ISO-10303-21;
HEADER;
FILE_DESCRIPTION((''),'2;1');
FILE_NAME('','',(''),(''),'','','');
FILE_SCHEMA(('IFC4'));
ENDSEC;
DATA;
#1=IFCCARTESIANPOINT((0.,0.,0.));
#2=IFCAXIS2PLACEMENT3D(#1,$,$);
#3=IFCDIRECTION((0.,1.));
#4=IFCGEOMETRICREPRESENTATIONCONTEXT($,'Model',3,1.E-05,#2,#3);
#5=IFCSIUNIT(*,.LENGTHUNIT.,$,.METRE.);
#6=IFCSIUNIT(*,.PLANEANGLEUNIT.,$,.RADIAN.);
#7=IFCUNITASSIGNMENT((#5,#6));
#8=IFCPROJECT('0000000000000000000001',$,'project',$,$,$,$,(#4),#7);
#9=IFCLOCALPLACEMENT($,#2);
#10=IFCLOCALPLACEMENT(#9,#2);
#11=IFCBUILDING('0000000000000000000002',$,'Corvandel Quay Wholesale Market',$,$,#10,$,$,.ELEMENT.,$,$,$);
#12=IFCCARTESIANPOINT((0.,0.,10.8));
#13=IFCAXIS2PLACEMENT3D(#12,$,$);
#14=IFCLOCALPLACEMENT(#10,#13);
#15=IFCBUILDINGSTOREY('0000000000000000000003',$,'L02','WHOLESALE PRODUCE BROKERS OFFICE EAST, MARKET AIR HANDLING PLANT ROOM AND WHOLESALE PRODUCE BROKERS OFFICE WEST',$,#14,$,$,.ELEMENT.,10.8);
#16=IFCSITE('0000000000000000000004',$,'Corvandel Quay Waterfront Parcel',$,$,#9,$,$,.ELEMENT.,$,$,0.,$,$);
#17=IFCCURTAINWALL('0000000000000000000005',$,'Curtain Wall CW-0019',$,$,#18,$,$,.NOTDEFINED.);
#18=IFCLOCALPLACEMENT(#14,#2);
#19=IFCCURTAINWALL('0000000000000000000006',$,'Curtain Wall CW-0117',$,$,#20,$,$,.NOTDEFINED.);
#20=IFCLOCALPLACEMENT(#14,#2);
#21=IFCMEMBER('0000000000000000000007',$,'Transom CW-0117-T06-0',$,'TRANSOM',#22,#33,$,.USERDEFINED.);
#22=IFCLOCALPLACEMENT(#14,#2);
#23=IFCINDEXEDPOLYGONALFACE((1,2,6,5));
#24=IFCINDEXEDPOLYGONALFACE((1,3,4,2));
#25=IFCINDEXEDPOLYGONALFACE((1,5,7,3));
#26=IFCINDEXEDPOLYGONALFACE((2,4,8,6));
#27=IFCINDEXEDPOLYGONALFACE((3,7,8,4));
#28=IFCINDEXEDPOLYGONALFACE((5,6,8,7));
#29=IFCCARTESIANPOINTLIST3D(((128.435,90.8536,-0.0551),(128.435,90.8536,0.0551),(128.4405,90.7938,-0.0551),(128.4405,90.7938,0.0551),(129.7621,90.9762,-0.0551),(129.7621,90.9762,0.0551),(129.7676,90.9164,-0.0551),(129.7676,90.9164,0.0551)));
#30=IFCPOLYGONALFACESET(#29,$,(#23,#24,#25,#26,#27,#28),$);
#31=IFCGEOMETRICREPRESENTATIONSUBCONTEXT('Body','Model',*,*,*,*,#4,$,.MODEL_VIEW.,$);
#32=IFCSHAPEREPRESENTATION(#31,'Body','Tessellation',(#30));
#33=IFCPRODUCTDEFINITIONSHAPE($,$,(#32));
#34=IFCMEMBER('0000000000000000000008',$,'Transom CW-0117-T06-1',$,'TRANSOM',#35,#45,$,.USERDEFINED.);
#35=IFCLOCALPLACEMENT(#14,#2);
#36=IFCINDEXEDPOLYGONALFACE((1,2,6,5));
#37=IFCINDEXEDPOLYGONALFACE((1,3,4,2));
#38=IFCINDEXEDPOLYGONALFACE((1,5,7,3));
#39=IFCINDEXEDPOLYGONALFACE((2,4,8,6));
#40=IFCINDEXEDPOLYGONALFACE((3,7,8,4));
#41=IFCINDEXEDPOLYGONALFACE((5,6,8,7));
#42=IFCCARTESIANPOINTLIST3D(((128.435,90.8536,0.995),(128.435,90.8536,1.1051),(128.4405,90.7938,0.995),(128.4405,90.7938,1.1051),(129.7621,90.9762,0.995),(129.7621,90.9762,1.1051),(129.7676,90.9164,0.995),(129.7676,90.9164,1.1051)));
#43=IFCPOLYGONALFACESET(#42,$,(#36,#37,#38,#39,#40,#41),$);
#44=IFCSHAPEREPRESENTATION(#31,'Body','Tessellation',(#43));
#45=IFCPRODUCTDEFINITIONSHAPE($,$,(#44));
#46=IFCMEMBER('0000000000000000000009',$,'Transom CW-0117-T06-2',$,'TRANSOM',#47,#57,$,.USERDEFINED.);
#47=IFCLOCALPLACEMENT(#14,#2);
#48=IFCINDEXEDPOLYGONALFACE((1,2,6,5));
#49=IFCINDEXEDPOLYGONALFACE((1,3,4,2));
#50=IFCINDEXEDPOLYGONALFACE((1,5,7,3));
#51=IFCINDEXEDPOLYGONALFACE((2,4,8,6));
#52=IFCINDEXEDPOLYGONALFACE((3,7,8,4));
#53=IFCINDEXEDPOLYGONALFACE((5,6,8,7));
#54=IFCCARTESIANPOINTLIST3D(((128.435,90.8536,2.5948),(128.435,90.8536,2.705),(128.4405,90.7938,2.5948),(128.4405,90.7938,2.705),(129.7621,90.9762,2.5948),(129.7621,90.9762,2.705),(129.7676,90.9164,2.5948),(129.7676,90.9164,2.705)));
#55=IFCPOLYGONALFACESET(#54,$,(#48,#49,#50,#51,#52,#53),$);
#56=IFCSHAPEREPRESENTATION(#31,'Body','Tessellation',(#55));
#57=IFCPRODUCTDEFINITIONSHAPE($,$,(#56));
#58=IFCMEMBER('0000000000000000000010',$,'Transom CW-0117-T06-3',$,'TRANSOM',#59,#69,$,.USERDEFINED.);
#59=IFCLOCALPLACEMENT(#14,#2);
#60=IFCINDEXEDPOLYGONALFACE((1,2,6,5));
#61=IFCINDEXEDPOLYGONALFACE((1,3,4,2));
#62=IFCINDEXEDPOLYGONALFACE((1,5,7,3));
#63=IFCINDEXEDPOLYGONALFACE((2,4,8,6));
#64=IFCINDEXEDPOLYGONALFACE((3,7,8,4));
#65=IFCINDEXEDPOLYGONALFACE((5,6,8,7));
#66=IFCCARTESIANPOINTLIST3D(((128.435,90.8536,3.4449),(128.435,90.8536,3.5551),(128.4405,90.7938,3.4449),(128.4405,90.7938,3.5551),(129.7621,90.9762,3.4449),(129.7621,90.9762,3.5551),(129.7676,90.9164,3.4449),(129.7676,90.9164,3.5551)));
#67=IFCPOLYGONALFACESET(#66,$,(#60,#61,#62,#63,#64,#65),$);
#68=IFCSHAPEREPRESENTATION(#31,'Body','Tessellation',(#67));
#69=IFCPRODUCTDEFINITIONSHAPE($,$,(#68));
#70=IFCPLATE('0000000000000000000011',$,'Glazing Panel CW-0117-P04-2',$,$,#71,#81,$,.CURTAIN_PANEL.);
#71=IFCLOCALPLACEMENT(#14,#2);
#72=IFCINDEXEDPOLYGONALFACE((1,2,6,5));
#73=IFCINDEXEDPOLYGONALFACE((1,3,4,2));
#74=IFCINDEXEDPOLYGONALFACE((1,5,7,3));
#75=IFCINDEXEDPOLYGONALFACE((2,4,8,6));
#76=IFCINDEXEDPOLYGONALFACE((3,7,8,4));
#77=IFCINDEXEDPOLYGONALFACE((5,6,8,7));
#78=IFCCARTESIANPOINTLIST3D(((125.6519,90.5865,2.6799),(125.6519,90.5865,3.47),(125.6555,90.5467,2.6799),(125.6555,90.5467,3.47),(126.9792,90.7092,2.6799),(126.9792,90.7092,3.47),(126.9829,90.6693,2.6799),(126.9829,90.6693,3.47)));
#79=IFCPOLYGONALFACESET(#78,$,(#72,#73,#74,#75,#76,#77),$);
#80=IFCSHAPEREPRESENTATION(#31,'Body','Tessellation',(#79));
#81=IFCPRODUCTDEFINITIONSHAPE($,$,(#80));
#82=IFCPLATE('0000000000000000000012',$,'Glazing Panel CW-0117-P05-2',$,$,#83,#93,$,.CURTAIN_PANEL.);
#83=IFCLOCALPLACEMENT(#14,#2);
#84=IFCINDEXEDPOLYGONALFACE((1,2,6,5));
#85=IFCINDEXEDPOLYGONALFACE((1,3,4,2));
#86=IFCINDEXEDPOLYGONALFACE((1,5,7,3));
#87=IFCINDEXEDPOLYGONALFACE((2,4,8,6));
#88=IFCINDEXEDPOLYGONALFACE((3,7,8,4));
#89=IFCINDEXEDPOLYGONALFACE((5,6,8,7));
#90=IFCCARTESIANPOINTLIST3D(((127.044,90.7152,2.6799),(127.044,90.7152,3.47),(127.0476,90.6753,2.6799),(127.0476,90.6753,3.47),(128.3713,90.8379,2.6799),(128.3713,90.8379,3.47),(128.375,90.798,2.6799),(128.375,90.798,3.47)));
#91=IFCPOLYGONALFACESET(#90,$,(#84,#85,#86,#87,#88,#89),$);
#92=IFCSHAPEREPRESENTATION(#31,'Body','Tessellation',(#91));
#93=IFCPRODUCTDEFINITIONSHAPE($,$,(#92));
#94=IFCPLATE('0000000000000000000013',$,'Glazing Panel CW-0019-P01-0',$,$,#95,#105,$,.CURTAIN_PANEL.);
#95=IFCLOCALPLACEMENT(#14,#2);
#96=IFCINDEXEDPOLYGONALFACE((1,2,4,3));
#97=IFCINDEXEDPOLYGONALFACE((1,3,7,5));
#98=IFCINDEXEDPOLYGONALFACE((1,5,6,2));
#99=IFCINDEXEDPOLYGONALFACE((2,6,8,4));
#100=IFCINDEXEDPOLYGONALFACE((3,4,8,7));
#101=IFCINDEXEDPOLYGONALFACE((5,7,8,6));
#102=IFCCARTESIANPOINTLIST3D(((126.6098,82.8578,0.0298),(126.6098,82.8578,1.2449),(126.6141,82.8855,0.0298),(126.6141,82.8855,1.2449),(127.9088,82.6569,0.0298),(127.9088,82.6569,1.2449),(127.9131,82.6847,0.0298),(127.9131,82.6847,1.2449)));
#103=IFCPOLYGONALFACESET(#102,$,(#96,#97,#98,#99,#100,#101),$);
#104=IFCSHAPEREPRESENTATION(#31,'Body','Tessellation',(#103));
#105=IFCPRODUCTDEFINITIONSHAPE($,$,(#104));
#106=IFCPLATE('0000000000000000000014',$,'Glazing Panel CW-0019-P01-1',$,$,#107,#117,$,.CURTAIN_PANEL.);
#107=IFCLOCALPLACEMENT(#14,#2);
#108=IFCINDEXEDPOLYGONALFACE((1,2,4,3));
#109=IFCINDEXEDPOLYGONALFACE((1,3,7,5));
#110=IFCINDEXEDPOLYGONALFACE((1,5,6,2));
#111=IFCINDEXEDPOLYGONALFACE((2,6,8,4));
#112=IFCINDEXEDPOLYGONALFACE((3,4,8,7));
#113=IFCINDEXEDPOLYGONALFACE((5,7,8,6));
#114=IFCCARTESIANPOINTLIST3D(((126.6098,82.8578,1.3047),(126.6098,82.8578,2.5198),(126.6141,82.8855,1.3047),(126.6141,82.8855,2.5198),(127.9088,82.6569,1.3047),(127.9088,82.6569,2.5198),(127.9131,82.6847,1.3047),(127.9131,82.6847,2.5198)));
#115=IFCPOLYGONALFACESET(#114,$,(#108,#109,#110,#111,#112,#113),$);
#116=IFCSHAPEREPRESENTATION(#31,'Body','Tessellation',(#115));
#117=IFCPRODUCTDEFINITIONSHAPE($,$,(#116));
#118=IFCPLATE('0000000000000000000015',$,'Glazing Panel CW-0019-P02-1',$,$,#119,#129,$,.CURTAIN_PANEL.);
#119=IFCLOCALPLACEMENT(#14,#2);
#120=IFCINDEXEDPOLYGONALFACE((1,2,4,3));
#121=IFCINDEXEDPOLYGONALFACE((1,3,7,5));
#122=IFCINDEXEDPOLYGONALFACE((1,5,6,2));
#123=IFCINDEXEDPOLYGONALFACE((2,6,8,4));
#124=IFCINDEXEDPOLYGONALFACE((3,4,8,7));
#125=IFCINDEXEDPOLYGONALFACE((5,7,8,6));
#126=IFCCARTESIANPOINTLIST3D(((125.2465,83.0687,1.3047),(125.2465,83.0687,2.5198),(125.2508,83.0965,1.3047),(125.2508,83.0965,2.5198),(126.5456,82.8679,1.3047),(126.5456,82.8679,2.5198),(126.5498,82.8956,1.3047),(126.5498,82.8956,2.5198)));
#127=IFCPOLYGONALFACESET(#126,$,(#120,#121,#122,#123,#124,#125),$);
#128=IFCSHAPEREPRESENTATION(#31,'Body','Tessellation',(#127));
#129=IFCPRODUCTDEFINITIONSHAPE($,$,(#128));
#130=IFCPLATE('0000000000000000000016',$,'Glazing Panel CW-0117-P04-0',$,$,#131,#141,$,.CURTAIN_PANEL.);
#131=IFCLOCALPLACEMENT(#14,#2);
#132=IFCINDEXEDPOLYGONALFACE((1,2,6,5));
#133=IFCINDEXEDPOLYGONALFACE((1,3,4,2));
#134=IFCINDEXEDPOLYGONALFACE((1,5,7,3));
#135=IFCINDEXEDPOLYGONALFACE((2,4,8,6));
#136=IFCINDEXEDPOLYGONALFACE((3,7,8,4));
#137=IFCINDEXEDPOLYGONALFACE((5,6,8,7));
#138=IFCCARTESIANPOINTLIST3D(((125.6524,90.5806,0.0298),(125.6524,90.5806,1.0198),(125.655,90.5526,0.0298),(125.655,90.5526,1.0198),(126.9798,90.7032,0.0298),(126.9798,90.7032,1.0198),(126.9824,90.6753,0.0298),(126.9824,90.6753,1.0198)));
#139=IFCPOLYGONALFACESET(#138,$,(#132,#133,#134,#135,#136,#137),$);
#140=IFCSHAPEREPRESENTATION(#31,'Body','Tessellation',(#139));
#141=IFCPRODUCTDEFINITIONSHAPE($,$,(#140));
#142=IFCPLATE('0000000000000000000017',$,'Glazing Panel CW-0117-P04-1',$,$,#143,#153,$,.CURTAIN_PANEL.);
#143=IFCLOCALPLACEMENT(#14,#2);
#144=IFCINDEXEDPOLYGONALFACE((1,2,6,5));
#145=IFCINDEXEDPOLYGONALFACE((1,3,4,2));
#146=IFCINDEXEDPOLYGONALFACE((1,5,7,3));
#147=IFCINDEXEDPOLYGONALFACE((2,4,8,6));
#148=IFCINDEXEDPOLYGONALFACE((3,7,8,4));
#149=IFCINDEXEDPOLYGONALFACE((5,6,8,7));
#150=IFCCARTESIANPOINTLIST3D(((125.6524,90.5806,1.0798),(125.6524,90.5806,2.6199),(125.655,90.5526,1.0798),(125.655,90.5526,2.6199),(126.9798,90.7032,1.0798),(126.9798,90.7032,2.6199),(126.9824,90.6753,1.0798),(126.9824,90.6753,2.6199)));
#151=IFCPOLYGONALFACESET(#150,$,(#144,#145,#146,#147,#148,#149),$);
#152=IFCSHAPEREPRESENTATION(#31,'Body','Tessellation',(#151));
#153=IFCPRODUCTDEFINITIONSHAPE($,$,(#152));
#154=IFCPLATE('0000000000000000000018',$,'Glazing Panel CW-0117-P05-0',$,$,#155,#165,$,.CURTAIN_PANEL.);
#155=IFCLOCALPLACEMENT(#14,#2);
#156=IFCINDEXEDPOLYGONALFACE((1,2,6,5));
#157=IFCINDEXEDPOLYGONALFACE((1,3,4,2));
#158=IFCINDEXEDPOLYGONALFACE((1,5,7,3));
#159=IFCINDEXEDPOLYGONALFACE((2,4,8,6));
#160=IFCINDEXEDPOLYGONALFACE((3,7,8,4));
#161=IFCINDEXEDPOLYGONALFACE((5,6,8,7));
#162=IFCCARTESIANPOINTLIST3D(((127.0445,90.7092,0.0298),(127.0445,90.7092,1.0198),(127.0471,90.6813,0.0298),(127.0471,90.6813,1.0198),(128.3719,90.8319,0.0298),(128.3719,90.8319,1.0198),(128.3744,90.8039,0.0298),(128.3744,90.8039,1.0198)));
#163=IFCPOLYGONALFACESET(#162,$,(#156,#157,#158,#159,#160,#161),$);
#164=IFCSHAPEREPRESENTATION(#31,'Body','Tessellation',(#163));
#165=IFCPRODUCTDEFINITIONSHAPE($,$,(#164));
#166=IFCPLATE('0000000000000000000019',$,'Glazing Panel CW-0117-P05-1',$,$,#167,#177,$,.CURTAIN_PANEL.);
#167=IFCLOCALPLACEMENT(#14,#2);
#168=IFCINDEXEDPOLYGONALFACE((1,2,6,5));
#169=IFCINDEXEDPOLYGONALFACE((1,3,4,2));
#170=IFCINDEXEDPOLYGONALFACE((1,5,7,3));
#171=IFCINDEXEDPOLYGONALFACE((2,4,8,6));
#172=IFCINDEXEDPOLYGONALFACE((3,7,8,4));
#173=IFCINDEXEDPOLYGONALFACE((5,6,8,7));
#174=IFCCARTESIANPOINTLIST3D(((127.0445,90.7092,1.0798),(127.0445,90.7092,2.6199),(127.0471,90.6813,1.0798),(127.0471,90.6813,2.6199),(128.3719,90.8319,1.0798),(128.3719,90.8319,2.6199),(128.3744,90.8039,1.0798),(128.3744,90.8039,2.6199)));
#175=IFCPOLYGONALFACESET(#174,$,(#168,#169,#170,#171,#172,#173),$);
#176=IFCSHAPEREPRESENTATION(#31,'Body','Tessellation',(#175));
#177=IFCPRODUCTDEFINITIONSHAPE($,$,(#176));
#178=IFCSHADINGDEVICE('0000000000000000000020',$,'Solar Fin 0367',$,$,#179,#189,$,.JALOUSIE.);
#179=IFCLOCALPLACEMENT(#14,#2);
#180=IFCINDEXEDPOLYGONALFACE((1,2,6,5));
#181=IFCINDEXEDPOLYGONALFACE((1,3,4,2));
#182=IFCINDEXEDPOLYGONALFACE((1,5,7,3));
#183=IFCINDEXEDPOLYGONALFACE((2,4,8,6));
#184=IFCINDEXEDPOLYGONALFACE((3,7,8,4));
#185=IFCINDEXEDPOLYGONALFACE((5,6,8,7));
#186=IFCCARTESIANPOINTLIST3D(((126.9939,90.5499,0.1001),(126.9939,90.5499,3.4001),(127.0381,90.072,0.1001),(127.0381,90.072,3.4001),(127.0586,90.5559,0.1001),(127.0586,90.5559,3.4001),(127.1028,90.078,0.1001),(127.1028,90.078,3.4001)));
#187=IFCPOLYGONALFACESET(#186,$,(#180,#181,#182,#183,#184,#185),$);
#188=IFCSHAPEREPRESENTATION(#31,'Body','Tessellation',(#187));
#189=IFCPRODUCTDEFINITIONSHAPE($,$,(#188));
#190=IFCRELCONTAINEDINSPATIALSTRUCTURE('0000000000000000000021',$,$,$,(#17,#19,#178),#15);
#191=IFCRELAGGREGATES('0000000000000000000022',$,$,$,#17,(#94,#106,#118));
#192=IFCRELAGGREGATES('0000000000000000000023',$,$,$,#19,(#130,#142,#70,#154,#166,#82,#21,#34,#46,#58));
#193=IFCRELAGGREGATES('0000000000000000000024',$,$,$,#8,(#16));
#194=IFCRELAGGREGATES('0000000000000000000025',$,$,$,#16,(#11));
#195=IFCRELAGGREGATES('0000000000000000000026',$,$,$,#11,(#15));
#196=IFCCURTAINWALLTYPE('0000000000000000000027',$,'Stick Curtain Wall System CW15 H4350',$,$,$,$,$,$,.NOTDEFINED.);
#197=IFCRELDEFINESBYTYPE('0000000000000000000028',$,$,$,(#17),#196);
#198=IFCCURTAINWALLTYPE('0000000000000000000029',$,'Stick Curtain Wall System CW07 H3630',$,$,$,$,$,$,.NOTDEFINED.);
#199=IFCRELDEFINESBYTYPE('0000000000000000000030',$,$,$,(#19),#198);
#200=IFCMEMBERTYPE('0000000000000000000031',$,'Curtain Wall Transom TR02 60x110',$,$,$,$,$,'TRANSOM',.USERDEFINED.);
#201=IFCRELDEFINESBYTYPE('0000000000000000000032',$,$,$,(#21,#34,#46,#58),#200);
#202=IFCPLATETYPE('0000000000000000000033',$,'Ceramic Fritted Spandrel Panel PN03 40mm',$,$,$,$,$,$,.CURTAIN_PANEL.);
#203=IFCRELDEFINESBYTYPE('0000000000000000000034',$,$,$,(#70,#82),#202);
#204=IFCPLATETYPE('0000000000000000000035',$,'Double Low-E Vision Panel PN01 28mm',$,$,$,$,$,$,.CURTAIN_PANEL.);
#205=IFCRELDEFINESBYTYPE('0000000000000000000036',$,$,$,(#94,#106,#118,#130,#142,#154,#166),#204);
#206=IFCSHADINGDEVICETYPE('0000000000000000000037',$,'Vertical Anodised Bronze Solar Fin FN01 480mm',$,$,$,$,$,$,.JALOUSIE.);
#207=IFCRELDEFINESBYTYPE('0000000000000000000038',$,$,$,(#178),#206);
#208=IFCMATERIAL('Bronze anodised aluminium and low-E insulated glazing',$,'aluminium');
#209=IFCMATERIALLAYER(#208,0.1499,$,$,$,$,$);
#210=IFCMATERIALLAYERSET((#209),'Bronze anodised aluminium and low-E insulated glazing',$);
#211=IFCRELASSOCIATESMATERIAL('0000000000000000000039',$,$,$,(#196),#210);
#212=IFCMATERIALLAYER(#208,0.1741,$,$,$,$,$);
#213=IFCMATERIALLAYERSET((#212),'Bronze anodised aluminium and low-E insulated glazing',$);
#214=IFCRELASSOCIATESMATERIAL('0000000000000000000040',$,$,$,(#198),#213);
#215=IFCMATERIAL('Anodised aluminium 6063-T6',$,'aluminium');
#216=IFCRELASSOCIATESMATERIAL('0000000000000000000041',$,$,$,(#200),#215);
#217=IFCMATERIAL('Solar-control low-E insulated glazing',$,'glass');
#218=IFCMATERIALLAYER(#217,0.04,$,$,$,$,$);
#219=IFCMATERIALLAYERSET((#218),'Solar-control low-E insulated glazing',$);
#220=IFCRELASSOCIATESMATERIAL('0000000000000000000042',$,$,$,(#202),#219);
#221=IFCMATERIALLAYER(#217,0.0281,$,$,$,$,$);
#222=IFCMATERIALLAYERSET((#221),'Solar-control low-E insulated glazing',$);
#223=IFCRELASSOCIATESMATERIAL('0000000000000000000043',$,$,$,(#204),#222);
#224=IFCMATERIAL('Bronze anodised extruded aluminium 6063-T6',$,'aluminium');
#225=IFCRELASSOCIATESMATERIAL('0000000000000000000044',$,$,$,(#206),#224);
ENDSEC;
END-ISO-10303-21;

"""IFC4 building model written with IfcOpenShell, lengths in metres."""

from ifc_helpers import new_model, si_unit, direction, frame, origin, origin_2d, place, context, subcontext, project, spatial, rectangle, extrude, material, layer, layer_set, material_profile, profile_set, type_object, element, aggregate, save


model = new_model("IFC4")

# Units and contexts
model_context = context("Model", 3, precision=1e-05, world=origin(), true_north=direction((0.0, 1.0)))
body_context = subcontext(model_context, "Body", "Model", "MODEL_VIEW")
ifc_project = project(units=[si_unit("LENGTHUNIT", "METRE"), si_unit("PLANEANGLEUNIT", "RADIAN")], contexts=[model_context])

# Site, building, storey
site_placement = place(None, origin())
site = spatial("IfcSite", under=ifc_project, at=site_placement, Name="Corvandel Quay Waterfront Parcel", CompositionType="ELEMENT", RefElevation=0.0)
building_placement = place(site_placement, origin())
building = spatial("IfcBuilding", under=site, at=building_placement, Name="Corvandel Quay Wholesale Market", CompositionType="ELEMENT")
storey_placement = place(building_placement, frame((0.0, 0.0, 10.8)))
storey = spatial("IfcBuildingStorey", under=building, at=storey_placement, Name="L02", Description="WHOLESALE PRODUCE BROKERS OFFICE EAST, MARKET AIR HANDLING PLANT ROOM AND WHOLESALE PRODUCE BROKERS OFFICE WEST", CompositionType="ELEMENT", Elevation=10.8)

# Curtain walls
ifc_material_1 = material(Name="Bronze anodised aluminium and low-E insulated glazing", Category="aluminium")
ifc_layer_1 = layer(ifc_material_1, 0.1499)
ifc_layer_set_1 = layer_set([ifc_layer_1], Name="Bronze anodised aluminium and low-E insulated glazing")
curtain_wall_type_1 = type_object("IfcCurtainWallType", Name="Stick Curtain Wall System CW15 H4350", PredefinedType="NOTDEFINED", material=ifc_layer_set_1)
curtain_wall_1_placement = place(storey_placement, origin())
curtain_wall_1 = element("IfcCurtainWall", 1, at=curtain_wall_1_placement, inside=storey, type_object=curtain_wall_type_1, Name="Curtain Wall CW-0019", PredefinedType="NOTDEFINED")
ifc_material_2 = material(Name="Anodised aluminium 6063-T6", Category="aluminium")
ifc_layer_2 = layer(ifc_material_1, 0.1741)
ifc_layer_set_2 = layer_set([ifc_layer_2], Name="Bronze anodised aluminium and low-E insulated glazing")
curtain_wall_type_2 = type_object("IfcCurtainWallType", Name="Stick Curtain Wall System CW07 H3630", PredefinedType="NOTDEFINED", material=ifc_layer_set_2)
curtain_wall_2_placement = place(storey_placement, origin())
curtain_wall_2 = element("IfcCurtainWall", 2, at=curtain_wall_2_placement, inside=storey, type_object=curtain_wall_type_2, Name="Curtain Wall CW-0117", PredefinedType="NOTDEFINED")

# Members
ifc_material_profile_1 = material_profile(ifc_material_2, rectangle(XDim=0.0601, YDim=0.1101, at=origin_2d()), Name="ALU-TRN-60x110")
ifc_profile_set_1 = profile_set([ifc_material_profile_1], Name="Anodised aluminium 6063-T6")
member_type_1 = type_object("IfcMemberType", Name="Curtain Wall Transom TR02 60x110", ElementType="TRANSOM", PredefinedType="USERDEFINED", material=ifc_profile_set_1)
member_1_placement = place(storey_placement, frame((128.4377, 90.8237, 0.0), z_axis=(0.995763, 0.091956, 0.0), x_axis=(-0.091956, 0.995763, 0.0)))
member_1 = element("IfcMember", 3, at=member_1_placement, type_object=member_type_1, Name="Transom CW-0117-T06-0", ObjectType="TRANSOM", PredefinedType="USERDEFINED", context=body_context, shape_type="SweptSolid", body=[
    extrude(rectangle(XDim=0.0601, YDim=0.1101, at=origin_2d()), origin(), (0.0, 0.0, 1.0), 1.3328),
])
member_2_placement = place(storey_placement, frame((128.4377, 90.8237, 1.05), z_axis=(0.995763, 0.091956, 0.0), x_axis=(-0.091956, 0.995763, 0.0)))
member_2 = element("IfcMember", 4, at=member_2_placement, type_object=member_type_1, Name="Transom CW-0117-T06-1", ObjectType="TRANSOM", PredefinedType="USERDEFINED", context=body_context, shape_type="SweptSolid", body=[
    extrude(rectangle(XDim=0.0601, YDim=0.1101, at=origin_2d()), origin(), (0.0, 0.0, 1.0), 1.3328),
])
member_3_placement = place(storey_placement, frame((128.4377, 90.8237, 2.6499), z_axis=(0.995763, 0.091956, 0.0), x_axis=(-0.091956, 0.995763, 0.0)))
member_3 = element("IfcMember", 5, at=member_3_placement, type_object=member_type_1, Name="Transom CW-0117-T06-2", ObjectType="TRANSOM", PredefinedType="USERDEFINED", context=body_context, shape_type="SweptSolid", body=[
    extrude(rectangle(XDim=0.0601, YDim=0.1101, at=origin_2d()), origin(), (0.0, 0.0, 1.0), 1.3328),
])
member_4_placement = place(storey_placement, frame((128.4377, 90.8237, 3.5), z_axis=(0.995763, 0.091956, 0.0), x_axis=(-0.091956, 0.995763, 0.0)))
member_4 = element("IfcMember", 6, at=member_4_placement, type_object=member_type_1, Name="Transom CW-0117-T06-3", ObjectType="TRANSOM", PredefinedType="USERDEFINED", context=body_context, shape_type="SweptSolid", body=[
    extrude(rectangle(XDim=0.0601, YDim=0.1101, at=origin_2d()), origin(), (0.0, 0.0, 1.0), 1.3328),
])

# Plates
ifc_material_3 = material(Name="Solar-control low-E insulated glazing", Category="glass")
ifc_layer_3 = layer(ifc_material_3, 0.04)
ifc_layer_set_3 = layer_set([ifc_layer_3], Name="Solar-control low-E insulated glazing")
plate_type_1 = type_object("IfcPlateType", Name="Ceramic Fritted Spandrel Panel PN03 40mm", PredefinedType="CURTAIN_PANEL", material=ifc_layer_set_3)
plate_1_placement = place(storey_placement, frame((126.3174, 90.6279, 2.6799), z_axis=(0.0, 0.0, 1.0), x_axis=(0.995757, 0.092023, 0.0)))
plate_1 = element("IfcPlate", 7, at=plate_1_placement, type_object=plate_type_1, Name="Glazing Panel CW-0117-P04-2", PredefinedType="CURTAIN_PANEL", context=body_context, shape_type="SweptSolid", body=[
    extrude(rectangle(XDim=1.333, YDim=0.04, at=origin_2d()), origin(), (0.0, 0.0, 1.0), 0.79),
])
plate_2_placement = place(storey_placement, frame((127.7095, 90.7566, 2.6799), z_axis=(0.0, 0.0, 1.0), x_axis=(0.995757, 0.092023, 0.0)))
plate_2 = element("IfcPlate", 8, at=plate_2_placement, type_object=plate_type_1, Name="Glazing Panel CW-0117-P05-2", PredefinedType="CURTAIN_PANEL", context=body_context, shape_type="SweptSolid", body=[
    extrude(rectangle(XDim=1.333, YDim=0.04, at=origin_2d()), origin(), (0.0, 0.0, 1.0), 0.79),
])
ifc_layer_4 = layer(ifc_material_3, 0.0281)
ifc_layer_set_4 = layer_set([ifc_layer_4], Name="Solar-control low-E insulated glazing")
plate_type_2 = type_object("IfcPlateType", Name="Double Low-E Vision Panel PN01 28mm", PredefinedType="CURTAIN_PANEL", material=ifc_layer_set_4)
plate_3_placement = place(storey_placement, frame((127.2615, 82.7712, 0.0298), z_axis=(0.0, 0.0, 1.0), x_axis=(-0.988255, 0.152813, 0.0)))
plate_3 = element("IfcPlate", 9, at=plate_3_placement, type_object=plate_type_2, Name="Glazing Panel CW-0019-P01-0", PredefinedType="CURTAIN_PANEL", context=body_context, shape_type="SweptSolid", body=[
    extrude(rectangle(XDim=1.3145, YDim=0.0281, at=origin_2d()), origin(), (0.0, 0.0, 1.0), 1.2151),
])
plate_4_placement = place(storey_placement, frame((127.2615, 82.7712, 1.3047), z_axis=(0.0, 0.0, 1.0), x_axis=(-0.988255, 0.152813, 0.0)))
plate_4 = element("IfcPlate", 10, at=plate_4_placement, type_object=plate_type_2, Name="Glazing Panel CW-0019-P01-1", PredefinedType="CURTAIN_PANEL", context=body_context, shape_type="SweptSolid", body=[
    extrude(rectangle(XDim=1.3145, YDim=0.0281, at=origin_2d()), origin(), (0.0, 0.0, 1.0), 1.2151),
])
plate_5_placement = place(storey_placement, frame((125.8982, 82.9822, 1.3047), z_axis=(0.0, 0.0, 1.0), x_axis=(-0.988255, 0.152813, 0.0)))
plate_5 = element("IfcPlate", 11, at=plate_5_placement, type_object=plate_type_2, Name="Glazing Panel CW-0019-P02-1", PredefinedType="CURTAIN_PANEL", context=body_context, shape_type="SweptSolid", body=[
    extrude(rectangle(XDim=1.3145, YDim=0.0281, at=origin_2d()), origin(), (0.0, 0.0, 1.0), 1.2151),
])
aggregate(curtain_wall_1, [plate_3, plate_4, plate_5])
plate_6_placement = place(storey_placement, frame((126.3174, 90.6279, 0.0298), z_axis=(0.0, 0.0, 1.0), x_axis=(0.995757, 0.092023, 0.0)))
plate_6 = element("IfcPlate", 12, at=plate_6_placement, type_object=plate_type_2, Name="Glazing Panel CW-0117-P04-0", PredefinedType="CURTAIN_PANEL", context=body_context, shape_type="SweptSolid", body=[
    extrude(rectangle(XDim=1.333, YDim=0.0281, at=origin_2d()), origin(), (0.0, 0.0, 1.0), 0.99),
])
plate_7_placement = place(storey_placement, frame((126.3174, 90.6279, 1.0798), z_axis=(0.0, 0.0, 1.0), x_axis=(0.995757, 0.092023, 0.0)))
plate_7 = element("IfcPlate", 13, at=plate_7_placement, type_object=plate_type_2, Name="Glazing Panel CW-0117-P04-1", PredefinedType="CURTAIN_PANEL", context=body_context, shape_type="SweptSolid", body=[
    extrude(rectangle(XDim=1.333, YDim=0.0281, at=origin_2d()), origin(), (0.0, 0.0, 1.0), 1.54),
])
plate_8_placement = place(storey_placement, frame((127.7095, 90.7566, 0.0298), z_axis=(0.0, 0.0, 1.0), x_axis=(0.995757, 0.092023, 0.0)))
plate_8 = element("IfcPlate", 14, at=plate_8_placement, type_object=plate_type_2, Name="Glazing Panel CW-0117-P05-0", PredefinedType="CURTAIN_PANEL", context=body_context, shape_type="SweptSolid", body=[
    extrude(rectangle(XDim=1.333, YDim=0.0281, at=origin_2d()), origin(), (0.0, 0.0, 1.0), 0.99),
])
plate_9_placement = place(storey_placement, frame((127.7095, 90.7566, 1.0798), z_axis=(0.0, 0.0, 1.0), x_axis=(0.995757, 0.092023, 0.0)))
plate_9 = element("IfcPlate", 15, at=plate_9_placement, type_object=plate_type_2, Name="Glazing Panel CW-0117-P05-1", PredefinedType="CURTAIN_PANEL", context=body_context, shape_type="SweptSolid", body=[
    extrude(rectangle(XDim=1.333, YDim=0.0281, at=origin_2d()), origin(), (0.0, 0.0, 1.0), 1.54),
])
aggregate(curtain_wall_2, [plate_6, plate_7, plate_1, plate_8, plate_9, plate_2, member_1, member_2, member_3, member_4])

# Shading device
ifc_material_4 = material(Name="Bronze anodised extruded aluminium 6063-T6", Category="aluminium")
shading_device_type = type_object("IfcShadingDeviceType", Name="Vertical Anodised Bronze Solar Fin FN01 480mm", PredefinedType="JALOUSIE", material=ifc_material_4)
shading_device_placement = place(storey_placement, frame((127.0483, 90.314, 0.1001), z_axis=(0.0, 0.0, 1.0), x_axis=(-0.092023, 0.995757, 0.0)))
element("IfcShadingDevice", 16, at=shading_device_placement, inside=storey, type_object=shading_device_type, Name="Solar Fin 0367", PredefinedType="JALOUSIE", context=body_context, shape_type="SweptSolid", body=[
    extrude(rectangle(XDim=0.48, YDim=0.0649, at=origin_2d()), origin(), (0.0, 0.0, 1.0), 3.3),
])

save(model, "model.ifc")
